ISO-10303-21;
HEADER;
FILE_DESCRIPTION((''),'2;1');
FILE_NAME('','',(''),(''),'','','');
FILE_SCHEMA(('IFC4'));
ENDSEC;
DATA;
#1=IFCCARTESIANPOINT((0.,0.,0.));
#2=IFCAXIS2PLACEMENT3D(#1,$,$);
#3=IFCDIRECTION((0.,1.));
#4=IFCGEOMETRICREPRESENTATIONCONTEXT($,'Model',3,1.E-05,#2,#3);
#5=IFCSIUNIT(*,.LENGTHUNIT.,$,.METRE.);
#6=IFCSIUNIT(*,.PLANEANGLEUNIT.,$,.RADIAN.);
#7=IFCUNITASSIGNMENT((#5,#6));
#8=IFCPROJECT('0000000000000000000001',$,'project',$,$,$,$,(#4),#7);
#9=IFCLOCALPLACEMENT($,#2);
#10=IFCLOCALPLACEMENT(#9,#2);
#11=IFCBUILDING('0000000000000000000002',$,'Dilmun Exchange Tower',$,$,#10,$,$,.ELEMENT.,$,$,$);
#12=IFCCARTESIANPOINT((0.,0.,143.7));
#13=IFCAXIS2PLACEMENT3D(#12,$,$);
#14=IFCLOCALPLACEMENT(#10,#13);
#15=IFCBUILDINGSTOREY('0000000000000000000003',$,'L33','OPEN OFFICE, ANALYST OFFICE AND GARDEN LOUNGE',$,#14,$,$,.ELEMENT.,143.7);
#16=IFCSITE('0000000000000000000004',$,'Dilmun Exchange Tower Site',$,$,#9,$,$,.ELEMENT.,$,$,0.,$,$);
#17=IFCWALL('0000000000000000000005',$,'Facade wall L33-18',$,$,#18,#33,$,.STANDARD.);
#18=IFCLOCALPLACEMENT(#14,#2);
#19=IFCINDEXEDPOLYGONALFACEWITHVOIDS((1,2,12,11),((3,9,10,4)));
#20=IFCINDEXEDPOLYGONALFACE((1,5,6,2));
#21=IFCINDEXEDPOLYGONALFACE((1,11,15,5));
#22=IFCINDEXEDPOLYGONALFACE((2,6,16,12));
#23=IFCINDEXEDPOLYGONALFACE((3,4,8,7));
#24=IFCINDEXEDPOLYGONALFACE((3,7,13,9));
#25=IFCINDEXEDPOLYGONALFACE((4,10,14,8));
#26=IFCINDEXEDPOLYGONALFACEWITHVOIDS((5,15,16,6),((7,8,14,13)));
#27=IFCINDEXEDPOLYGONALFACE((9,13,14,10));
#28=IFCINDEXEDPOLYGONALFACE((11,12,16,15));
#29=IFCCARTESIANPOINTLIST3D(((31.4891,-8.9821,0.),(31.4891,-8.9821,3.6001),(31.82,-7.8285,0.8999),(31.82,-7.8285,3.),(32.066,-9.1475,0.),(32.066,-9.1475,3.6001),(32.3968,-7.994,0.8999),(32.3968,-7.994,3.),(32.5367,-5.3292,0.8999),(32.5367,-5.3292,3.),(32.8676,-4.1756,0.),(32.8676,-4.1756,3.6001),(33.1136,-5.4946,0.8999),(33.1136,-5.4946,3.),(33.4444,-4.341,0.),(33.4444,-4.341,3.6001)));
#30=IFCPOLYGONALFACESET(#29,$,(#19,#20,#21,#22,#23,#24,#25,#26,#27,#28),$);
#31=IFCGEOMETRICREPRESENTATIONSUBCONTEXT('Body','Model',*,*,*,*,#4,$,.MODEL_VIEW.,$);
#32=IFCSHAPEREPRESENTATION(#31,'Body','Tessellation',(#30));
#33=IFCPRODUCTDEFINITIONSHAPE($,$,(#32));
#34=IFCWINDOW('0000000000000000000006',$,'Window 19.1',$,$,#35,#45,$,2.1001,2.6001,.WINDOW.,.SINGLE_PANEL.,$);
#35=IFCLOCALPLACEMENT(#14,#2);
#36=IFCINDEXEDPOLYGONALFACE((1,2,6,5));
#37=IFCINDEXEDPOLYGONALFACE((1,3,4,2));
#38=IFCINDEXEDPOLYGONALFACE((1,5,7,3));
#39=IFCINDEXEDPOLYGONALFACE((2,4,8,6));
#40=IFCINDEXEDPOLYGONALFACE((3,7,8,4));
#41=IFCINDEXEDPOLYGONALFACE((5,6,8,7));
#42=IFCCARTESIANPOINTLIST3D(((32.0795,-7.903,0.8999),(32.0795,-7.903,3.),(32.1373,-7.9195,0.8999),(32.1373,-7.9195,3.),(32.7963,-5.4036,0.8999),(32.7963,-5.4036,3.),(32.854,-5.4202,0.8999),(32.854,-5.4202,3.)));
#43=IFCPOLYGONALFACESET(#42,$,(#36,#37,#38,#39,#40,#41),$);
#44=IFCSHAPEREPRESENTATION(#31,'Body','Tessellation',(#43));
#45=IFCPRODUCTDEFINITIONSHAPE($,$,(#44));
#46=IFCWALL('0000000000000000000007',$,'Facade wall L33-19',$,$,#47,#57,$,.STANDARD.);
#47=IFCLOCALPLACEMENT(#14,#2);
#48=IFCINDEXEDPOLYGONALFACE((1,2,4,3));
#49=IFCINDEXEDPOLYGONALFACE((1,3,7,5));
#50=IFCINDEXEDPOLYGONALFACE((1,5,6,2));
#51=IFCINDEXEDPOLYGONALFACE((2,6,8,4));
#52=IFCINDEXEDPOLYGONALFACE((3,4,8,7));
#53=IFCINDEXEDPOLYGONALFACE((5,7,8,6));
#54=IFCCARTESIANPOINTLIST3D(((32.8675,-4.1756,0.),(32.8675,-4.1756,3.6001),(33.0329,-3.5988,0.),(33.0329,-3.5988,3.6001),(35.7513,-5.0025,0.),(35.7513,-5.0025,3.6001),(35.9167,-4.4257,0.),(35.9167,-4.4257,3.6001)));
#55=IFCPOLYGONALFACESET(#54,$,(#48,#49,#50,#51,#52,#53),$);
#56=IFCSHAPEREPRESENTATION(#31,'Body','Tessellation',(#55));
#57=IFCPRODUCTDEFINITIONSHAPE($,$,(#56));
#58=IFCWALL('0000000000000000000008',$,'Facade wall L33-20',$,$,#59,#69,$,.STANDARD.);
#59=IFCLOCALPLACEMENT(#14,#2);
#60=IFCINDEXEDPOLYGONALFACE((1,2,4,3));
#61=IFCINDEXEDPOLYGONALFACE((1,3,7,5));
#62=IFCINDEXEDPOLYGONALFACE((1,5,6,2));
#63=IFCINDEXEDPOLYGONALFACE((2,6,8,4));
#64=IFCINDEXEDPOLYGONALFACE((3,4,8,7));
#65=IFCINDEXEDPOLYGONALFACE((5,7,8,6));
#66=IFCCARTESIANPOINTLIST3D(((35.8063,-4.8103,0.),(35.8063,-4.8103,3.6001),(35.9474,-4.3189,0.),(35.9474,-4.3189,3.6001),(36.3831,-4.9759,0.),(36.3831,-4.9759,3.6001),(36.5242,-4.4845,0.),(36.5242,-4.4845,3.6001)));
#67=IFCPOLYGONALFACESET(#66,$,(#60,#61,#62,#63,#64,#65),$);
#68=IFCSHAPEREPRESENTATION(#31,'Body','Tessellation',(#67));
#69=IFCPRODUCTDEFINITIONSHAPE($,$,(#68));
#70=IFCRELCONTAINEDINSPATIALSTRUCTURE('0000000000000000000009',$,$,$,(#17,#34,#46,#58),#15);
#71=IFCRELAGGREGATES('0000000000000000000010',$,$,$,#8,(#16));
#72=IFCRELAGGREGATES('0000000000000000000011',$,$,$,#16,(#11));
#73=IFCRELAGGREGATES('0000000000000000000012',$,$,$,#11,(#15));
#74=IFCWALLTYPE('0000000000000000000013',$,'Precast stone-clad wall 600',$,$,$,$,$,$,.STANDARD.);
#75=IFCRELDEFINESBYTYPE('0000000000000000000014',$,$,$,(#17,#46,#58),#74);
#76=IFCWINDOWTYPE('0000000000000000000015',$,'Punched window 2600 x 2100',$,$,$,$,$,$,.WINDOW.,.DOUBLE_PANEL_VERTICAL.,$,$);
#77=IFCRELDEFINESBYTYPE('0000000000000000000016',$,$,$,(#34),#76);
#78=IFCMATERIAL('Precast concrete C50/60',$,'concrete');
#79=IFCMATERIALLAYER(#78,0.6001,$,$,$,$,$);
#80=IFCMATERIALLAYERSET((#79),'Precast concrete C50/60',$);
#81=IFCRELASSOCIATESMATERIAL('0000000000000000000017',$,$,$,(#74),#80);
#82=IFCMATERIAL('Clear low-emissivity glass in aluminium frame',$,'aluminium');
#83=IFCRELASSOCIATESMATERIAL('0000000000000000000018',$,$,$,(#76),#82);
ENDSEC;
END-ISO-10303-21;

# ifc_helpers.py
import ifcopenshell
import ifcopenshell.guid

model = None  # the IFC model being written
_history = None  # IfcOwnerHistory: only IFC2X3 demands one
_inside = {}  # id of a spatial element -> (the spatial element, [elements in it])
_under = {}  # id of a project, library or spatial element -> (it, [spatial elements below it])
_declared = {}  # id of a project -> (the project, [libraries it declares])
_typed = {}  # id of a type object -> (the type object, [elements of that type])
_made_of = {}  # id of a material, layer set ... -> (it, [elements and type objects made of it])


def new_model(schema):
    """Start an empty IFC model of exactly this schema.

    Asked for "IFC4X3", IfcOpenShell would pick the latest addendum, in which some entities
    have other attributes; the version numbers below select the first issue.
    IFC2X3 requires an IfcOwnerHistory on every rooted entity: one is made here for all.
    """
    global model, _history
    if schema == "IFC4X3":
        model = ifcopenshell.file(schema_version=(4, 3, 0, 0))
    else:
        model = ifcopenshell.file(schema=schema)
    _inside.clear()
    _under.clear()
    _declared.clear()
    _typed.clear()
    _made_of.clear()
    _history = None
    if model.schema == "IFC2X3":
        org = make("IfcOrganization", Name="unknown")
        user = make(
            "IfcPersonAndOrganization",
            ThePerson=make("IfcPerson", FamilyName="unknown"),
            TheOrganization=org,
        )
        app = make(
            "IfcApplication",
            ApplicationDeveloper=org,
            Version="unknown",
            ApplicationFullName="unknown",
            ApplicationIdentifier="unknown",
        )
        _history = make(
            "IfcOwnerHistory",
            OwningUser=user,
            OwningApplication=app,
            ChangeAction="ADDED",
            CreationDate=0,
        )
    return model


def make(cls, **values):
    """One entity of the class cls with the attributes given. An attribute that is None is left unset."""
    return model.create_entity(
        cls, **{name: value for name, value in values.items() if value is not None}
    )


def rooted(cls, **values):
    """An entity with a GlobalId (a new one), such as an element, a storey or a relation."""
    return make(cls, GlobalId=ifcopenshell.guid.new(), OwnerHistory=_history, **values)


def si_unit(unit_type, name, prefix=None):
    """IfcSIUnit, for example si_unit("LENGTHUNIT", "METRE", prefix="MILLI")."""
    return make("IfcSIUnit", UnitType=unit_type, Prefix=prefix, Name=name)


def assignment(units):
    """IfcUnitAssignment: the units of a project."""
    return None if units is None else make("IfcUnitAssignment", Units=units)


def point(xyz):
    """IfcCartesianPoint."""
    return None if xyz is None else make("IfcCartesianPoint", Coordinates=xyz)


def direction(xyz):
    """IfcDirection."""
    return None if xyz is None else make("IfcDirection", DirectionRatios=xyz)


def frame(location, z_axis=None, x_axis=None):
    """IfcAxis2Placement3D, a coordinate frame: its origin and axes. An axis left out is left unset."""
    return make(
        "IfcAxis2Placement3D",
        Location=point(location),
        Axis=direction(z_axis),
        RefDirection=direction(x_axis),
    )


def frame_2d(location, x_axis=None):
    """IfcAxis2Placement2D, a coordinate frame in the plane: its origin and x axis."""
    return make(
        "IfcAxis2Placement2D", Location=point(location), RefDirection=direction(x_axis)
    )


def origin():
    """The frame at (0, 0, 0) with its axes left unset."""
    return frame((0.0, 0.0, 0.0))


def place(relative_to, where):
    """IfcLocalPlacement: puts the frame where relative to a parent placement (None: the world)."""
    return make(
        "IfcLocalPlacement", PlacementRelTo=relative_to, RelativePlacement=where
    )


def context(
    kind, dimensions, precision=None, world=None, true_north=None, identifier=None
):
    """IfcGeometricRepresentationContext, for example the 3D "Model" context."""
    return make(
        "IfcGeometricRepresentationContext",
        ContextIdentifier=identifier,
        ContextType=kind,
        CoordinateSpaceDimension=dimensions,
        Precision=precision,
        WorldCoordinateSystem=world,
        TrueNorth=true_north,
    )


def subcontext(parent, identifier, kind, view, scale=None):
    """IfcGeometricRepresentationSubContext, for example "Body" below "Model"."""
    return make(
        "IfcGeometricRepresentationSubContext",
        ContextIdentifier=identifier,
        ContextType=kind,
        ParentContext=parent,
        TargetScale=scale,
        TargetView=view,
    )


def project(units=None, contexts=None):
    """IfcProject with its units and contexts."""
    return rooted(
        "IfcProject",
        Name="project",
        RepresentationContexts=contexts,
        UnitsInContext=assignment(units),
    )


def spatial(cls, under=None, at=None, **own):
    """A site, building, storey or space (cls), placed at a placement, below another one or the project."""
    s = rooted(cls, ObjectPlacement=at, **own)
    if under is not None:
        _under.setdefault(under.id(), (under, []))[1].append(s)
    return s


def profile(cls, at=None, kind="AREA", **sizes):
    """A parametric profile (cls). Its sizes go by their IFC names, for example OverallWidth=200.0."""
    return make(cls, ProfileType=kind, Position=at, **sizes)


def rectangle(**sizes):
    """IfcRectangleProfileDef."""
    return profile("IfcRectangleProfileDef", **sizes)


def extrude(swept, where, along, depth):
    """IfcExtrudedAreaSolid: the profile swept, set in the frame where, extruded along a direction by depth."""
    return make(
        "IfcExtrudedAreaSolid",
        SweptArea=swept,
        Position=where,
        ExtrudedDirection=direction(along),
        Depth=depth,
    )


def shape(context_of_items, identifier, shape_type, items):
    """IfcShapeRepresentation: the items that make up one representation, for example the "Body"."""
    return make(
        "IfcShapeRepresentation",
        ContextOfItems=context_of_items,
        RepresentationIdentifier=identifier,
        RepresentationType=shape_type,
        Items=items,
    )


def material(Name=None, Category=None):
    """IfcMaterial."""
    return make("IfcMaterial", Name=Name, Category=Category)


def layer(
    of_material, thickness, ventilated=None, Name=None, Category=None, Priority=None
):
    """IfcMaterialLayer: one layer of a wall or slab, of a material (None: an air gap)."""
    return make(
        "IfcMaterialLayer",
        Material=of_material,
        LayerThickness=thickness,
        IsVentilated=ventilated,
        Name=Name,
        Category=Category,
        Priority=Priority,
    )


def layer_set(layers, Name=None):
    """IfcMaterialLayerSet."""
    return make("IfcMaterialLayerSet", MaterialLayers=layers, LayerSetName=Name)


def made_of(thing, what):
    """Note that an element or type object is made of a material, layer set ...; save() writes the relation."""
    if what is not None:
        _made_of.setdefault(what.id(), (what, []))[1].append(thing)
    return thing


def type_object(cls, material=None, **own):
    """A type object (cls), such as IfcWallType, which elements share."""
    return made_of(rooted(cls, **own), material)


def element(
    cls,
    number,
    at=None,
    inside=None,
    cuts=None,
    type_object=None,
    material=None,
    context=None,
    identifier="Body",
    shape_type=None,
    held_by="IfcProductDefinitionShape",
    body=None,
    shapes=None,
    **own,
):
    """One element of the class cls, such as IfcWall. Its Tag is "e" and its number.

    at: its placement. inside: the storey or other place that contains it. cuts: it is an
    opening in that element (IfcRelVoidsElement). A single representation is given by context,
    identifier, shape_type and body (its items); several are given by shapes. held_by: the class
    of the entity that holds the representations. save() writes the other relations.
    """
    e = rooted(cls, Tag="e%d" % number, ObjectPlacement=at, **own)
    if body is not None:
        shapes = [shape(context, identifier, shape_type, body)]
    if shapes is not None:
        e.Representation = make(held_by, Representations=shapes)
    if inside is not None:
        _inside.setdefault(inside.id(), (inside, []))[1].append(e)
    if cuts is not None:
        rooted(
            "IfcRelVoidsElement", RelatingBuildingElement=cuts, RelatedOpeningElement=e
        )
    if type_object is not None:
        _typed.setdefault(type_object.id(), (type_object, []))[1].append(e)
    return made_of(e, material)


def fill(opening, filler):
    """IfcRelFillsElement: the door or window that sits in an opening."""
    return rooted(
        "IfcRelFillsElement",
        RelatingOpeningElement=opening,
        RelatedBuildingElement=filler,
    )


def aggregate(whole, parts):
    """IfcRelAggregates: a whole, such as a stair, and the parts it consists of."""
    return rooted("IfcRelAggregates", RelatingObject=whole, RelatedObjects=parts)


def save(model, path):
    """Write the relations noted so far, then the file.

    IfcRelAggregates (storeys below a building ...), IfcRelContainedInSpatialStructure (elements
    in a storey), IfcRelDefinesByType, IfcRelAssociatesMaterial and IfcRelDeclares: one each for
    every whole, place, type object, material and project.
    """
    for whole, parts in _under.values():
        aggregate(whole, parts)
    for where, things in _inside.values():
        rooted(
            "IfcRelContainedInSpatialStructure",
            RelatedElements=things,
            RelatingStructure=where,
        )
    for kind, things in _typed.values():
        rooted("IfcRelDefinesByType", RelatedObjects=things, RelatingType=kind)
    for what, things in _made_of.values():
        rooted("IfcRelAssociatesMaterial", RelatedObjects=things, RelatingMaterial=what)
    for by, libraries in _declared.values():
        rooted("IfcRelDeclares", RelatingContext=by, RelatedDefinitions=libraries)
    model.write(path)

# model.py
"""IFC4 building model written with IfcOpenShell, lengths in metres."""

from ifc_helpers import new_model, si_unit, direction, frame, frame_2d, origin, place, context, subcontext, project, spatial, rectangle, extrude, material, layer, layer_set, type_object, element, fill, save


model = new_model("IFC4")

# Units and contexts
model_context = context("Model", 3, precision=1e-05, world=origin(), true_north=direction((0.0, 1.0)))
body_context = subcontext(model_context, "Body", "Model", "MODEL_VIEW")
ifc_project = project(units=[si_unit("LENGTHUNIT", "METRE"), si_unit("PLANEANGLEUNIT", "RADIAN")], contexts=[model_context])

# Site, building, storey
site_placement = place(None, origin())
site = spatial("IfcSite", under=ifc_project, at=site_placement, Name="Dilmun Exchange Tower Site", CompositionType="ELEMENT", RefElevation=0.0)
building_placement = place(site_placement, origin())
building = spatial("IfcBuilding", under=site, at=building_placement, Name="Dilmun Exchange Tower", CompositionType="ELEMENT")
storey_placement = place(building_placement, frame((0.0, 0.0, 143.7)))
storey = spatial("IfcBuildingStorey", under=building, at=storey_placement, Name="L33", Description="OPEN OFFICE, ANALYST OFFICE AND GARDEN LOUNGE", CompositionType="ELEMENT", Elevation=143.7)

# Shared definitions
ifc_material_1 = material(Name="Precast concrete C50/60", Category="concrete")
ifc_layer_1 = layer(ifc_material_1, 0.6001)
ifc_layer_set_1 = layer_set([ifc_layer_1], Name="Precast concrete C50/60")
wall_type_1 = type_object("IfcWallType", Name="Precast stone-clad wall 600", PredefinedType="STANDARD", material=ifc_layer_set_1)

# Wall, opening, window
wall_1_placement = place(storey_placement, frame((31.7776, -9.0647, 0.0), z_axis=(0.0, 0.0, 1.0), x_axis=(0.275675, 0.961251, 0.0)))
wall_1 = element("IfcWall", 1, at=wall_1_placement, inside=storey, type_object=wall_type_1, Name="Facade wall L33-18", PredefinedType="STANDARD", context=body_context, shape_type="SweptSolid", body=[
    extrude(rectangle(XDim=5.0002, YDim=0.6001, at=frame_2d((2.5, 0.0))), origin(), (0.0, 0.0, 1.0), 3.6001),
])
opening_1_placement = place(wall_1_placement, frame((1.2, 0.0, 0.8999)))
opening_1 = element("IfcOpeningElement", 2, at=opening_1_placement, cuts=wall_1, PredefinedType="OPENING", context=body_context, shape_type="SweptSolid", body=[
    extrude(rectangle(XDim=2.6001, YDim=2.1001, at=frame_2d((1.3, 1.05))), frame((0.0, 0.3101, 0.0), z_axis=(0.0, -1.0, 0.0), x_axis=(1.0, 0.0, 0.0)), (0.0, 0.0, 1.0), 0.6201),
])
ifc_material_2 = material(Name="Clear low-emissivity glass in aluminium frame", Category="aluminium")
window_type_1 = type_object("IfcWindowType", Name="Punched window 2600 x 2100", PartitioningType="DOUBLE_PANEL_VERTICAL", PredefinedType="WINDOW", material=ifc_material_2)
window_1_placement = place(opening_1_placement, origin())
window_1 = element("IfcWindow", 3, at=window_1_placement, inside=storey, type_object=window_type_1, Name="Window 19.1", OverallHeight=2.1001, OverallWidth=2.6001, PartitioningType="SINGLE_PANEL", PredefinedType="WINDOW", context=body_context, shape_type="SweptSolid", body=[
    extrude(rectangle(XDim=2.6001, YDim=2.1001, at=frame_2d((1.3, 1.05))), frame((0.0, 0.03, 0.0), z_axis=(0.0, -1.0, 0.0), x_axis=(1.0, 0.0, 0.0)), (0.0, 0.0, 1.0), 0.0601),
])
fill(opening_1, window_1)

# Walls
wall_2_placement = place(storey_placement, frame((32.9502, -3.8872, 0.0), z_axis=(0.0, 0.0, 1.0), x_axis=(0.961262, -0.275635, 0.0)))
element("IfcWall", 4, at=wall_2_placement, inside=storey, type_object=wall_type_1, Name="Facade wall L33-19", PredefinedType="STANDARD", context=body_context, shape_type="SweptSolid", body=[
    extrude(rectangle(XDim=3.0, YDim=0.6001, at=frame_2d((1.5, 0.0))), origin(), (0.0, 0.0, 1.0), 3.6001),
])
wall_3_placement = place(storey_placement, frame((36.0947, -4.8931, 0.0), z_axis=(0.0, 0.0, 1.0), x_axis=(0.275982, 0.961163, 0.0)))
element("IfcWall", 5, at=wall_3_placement, inside=storey, type_object=wall_type_1, Name="Facade wall L33-20", PredefinedType="STANDARD", context=body_context, shape_type="SweptSolid", body=[
    extrude(rectangle(XDim=0.5112, YDim=0.6001, at=frame_2d((0.2556, 0.0))), origin(), (0.0, 0.0, 1.0), 3.6001),
])

save(model, "model.ifc")
